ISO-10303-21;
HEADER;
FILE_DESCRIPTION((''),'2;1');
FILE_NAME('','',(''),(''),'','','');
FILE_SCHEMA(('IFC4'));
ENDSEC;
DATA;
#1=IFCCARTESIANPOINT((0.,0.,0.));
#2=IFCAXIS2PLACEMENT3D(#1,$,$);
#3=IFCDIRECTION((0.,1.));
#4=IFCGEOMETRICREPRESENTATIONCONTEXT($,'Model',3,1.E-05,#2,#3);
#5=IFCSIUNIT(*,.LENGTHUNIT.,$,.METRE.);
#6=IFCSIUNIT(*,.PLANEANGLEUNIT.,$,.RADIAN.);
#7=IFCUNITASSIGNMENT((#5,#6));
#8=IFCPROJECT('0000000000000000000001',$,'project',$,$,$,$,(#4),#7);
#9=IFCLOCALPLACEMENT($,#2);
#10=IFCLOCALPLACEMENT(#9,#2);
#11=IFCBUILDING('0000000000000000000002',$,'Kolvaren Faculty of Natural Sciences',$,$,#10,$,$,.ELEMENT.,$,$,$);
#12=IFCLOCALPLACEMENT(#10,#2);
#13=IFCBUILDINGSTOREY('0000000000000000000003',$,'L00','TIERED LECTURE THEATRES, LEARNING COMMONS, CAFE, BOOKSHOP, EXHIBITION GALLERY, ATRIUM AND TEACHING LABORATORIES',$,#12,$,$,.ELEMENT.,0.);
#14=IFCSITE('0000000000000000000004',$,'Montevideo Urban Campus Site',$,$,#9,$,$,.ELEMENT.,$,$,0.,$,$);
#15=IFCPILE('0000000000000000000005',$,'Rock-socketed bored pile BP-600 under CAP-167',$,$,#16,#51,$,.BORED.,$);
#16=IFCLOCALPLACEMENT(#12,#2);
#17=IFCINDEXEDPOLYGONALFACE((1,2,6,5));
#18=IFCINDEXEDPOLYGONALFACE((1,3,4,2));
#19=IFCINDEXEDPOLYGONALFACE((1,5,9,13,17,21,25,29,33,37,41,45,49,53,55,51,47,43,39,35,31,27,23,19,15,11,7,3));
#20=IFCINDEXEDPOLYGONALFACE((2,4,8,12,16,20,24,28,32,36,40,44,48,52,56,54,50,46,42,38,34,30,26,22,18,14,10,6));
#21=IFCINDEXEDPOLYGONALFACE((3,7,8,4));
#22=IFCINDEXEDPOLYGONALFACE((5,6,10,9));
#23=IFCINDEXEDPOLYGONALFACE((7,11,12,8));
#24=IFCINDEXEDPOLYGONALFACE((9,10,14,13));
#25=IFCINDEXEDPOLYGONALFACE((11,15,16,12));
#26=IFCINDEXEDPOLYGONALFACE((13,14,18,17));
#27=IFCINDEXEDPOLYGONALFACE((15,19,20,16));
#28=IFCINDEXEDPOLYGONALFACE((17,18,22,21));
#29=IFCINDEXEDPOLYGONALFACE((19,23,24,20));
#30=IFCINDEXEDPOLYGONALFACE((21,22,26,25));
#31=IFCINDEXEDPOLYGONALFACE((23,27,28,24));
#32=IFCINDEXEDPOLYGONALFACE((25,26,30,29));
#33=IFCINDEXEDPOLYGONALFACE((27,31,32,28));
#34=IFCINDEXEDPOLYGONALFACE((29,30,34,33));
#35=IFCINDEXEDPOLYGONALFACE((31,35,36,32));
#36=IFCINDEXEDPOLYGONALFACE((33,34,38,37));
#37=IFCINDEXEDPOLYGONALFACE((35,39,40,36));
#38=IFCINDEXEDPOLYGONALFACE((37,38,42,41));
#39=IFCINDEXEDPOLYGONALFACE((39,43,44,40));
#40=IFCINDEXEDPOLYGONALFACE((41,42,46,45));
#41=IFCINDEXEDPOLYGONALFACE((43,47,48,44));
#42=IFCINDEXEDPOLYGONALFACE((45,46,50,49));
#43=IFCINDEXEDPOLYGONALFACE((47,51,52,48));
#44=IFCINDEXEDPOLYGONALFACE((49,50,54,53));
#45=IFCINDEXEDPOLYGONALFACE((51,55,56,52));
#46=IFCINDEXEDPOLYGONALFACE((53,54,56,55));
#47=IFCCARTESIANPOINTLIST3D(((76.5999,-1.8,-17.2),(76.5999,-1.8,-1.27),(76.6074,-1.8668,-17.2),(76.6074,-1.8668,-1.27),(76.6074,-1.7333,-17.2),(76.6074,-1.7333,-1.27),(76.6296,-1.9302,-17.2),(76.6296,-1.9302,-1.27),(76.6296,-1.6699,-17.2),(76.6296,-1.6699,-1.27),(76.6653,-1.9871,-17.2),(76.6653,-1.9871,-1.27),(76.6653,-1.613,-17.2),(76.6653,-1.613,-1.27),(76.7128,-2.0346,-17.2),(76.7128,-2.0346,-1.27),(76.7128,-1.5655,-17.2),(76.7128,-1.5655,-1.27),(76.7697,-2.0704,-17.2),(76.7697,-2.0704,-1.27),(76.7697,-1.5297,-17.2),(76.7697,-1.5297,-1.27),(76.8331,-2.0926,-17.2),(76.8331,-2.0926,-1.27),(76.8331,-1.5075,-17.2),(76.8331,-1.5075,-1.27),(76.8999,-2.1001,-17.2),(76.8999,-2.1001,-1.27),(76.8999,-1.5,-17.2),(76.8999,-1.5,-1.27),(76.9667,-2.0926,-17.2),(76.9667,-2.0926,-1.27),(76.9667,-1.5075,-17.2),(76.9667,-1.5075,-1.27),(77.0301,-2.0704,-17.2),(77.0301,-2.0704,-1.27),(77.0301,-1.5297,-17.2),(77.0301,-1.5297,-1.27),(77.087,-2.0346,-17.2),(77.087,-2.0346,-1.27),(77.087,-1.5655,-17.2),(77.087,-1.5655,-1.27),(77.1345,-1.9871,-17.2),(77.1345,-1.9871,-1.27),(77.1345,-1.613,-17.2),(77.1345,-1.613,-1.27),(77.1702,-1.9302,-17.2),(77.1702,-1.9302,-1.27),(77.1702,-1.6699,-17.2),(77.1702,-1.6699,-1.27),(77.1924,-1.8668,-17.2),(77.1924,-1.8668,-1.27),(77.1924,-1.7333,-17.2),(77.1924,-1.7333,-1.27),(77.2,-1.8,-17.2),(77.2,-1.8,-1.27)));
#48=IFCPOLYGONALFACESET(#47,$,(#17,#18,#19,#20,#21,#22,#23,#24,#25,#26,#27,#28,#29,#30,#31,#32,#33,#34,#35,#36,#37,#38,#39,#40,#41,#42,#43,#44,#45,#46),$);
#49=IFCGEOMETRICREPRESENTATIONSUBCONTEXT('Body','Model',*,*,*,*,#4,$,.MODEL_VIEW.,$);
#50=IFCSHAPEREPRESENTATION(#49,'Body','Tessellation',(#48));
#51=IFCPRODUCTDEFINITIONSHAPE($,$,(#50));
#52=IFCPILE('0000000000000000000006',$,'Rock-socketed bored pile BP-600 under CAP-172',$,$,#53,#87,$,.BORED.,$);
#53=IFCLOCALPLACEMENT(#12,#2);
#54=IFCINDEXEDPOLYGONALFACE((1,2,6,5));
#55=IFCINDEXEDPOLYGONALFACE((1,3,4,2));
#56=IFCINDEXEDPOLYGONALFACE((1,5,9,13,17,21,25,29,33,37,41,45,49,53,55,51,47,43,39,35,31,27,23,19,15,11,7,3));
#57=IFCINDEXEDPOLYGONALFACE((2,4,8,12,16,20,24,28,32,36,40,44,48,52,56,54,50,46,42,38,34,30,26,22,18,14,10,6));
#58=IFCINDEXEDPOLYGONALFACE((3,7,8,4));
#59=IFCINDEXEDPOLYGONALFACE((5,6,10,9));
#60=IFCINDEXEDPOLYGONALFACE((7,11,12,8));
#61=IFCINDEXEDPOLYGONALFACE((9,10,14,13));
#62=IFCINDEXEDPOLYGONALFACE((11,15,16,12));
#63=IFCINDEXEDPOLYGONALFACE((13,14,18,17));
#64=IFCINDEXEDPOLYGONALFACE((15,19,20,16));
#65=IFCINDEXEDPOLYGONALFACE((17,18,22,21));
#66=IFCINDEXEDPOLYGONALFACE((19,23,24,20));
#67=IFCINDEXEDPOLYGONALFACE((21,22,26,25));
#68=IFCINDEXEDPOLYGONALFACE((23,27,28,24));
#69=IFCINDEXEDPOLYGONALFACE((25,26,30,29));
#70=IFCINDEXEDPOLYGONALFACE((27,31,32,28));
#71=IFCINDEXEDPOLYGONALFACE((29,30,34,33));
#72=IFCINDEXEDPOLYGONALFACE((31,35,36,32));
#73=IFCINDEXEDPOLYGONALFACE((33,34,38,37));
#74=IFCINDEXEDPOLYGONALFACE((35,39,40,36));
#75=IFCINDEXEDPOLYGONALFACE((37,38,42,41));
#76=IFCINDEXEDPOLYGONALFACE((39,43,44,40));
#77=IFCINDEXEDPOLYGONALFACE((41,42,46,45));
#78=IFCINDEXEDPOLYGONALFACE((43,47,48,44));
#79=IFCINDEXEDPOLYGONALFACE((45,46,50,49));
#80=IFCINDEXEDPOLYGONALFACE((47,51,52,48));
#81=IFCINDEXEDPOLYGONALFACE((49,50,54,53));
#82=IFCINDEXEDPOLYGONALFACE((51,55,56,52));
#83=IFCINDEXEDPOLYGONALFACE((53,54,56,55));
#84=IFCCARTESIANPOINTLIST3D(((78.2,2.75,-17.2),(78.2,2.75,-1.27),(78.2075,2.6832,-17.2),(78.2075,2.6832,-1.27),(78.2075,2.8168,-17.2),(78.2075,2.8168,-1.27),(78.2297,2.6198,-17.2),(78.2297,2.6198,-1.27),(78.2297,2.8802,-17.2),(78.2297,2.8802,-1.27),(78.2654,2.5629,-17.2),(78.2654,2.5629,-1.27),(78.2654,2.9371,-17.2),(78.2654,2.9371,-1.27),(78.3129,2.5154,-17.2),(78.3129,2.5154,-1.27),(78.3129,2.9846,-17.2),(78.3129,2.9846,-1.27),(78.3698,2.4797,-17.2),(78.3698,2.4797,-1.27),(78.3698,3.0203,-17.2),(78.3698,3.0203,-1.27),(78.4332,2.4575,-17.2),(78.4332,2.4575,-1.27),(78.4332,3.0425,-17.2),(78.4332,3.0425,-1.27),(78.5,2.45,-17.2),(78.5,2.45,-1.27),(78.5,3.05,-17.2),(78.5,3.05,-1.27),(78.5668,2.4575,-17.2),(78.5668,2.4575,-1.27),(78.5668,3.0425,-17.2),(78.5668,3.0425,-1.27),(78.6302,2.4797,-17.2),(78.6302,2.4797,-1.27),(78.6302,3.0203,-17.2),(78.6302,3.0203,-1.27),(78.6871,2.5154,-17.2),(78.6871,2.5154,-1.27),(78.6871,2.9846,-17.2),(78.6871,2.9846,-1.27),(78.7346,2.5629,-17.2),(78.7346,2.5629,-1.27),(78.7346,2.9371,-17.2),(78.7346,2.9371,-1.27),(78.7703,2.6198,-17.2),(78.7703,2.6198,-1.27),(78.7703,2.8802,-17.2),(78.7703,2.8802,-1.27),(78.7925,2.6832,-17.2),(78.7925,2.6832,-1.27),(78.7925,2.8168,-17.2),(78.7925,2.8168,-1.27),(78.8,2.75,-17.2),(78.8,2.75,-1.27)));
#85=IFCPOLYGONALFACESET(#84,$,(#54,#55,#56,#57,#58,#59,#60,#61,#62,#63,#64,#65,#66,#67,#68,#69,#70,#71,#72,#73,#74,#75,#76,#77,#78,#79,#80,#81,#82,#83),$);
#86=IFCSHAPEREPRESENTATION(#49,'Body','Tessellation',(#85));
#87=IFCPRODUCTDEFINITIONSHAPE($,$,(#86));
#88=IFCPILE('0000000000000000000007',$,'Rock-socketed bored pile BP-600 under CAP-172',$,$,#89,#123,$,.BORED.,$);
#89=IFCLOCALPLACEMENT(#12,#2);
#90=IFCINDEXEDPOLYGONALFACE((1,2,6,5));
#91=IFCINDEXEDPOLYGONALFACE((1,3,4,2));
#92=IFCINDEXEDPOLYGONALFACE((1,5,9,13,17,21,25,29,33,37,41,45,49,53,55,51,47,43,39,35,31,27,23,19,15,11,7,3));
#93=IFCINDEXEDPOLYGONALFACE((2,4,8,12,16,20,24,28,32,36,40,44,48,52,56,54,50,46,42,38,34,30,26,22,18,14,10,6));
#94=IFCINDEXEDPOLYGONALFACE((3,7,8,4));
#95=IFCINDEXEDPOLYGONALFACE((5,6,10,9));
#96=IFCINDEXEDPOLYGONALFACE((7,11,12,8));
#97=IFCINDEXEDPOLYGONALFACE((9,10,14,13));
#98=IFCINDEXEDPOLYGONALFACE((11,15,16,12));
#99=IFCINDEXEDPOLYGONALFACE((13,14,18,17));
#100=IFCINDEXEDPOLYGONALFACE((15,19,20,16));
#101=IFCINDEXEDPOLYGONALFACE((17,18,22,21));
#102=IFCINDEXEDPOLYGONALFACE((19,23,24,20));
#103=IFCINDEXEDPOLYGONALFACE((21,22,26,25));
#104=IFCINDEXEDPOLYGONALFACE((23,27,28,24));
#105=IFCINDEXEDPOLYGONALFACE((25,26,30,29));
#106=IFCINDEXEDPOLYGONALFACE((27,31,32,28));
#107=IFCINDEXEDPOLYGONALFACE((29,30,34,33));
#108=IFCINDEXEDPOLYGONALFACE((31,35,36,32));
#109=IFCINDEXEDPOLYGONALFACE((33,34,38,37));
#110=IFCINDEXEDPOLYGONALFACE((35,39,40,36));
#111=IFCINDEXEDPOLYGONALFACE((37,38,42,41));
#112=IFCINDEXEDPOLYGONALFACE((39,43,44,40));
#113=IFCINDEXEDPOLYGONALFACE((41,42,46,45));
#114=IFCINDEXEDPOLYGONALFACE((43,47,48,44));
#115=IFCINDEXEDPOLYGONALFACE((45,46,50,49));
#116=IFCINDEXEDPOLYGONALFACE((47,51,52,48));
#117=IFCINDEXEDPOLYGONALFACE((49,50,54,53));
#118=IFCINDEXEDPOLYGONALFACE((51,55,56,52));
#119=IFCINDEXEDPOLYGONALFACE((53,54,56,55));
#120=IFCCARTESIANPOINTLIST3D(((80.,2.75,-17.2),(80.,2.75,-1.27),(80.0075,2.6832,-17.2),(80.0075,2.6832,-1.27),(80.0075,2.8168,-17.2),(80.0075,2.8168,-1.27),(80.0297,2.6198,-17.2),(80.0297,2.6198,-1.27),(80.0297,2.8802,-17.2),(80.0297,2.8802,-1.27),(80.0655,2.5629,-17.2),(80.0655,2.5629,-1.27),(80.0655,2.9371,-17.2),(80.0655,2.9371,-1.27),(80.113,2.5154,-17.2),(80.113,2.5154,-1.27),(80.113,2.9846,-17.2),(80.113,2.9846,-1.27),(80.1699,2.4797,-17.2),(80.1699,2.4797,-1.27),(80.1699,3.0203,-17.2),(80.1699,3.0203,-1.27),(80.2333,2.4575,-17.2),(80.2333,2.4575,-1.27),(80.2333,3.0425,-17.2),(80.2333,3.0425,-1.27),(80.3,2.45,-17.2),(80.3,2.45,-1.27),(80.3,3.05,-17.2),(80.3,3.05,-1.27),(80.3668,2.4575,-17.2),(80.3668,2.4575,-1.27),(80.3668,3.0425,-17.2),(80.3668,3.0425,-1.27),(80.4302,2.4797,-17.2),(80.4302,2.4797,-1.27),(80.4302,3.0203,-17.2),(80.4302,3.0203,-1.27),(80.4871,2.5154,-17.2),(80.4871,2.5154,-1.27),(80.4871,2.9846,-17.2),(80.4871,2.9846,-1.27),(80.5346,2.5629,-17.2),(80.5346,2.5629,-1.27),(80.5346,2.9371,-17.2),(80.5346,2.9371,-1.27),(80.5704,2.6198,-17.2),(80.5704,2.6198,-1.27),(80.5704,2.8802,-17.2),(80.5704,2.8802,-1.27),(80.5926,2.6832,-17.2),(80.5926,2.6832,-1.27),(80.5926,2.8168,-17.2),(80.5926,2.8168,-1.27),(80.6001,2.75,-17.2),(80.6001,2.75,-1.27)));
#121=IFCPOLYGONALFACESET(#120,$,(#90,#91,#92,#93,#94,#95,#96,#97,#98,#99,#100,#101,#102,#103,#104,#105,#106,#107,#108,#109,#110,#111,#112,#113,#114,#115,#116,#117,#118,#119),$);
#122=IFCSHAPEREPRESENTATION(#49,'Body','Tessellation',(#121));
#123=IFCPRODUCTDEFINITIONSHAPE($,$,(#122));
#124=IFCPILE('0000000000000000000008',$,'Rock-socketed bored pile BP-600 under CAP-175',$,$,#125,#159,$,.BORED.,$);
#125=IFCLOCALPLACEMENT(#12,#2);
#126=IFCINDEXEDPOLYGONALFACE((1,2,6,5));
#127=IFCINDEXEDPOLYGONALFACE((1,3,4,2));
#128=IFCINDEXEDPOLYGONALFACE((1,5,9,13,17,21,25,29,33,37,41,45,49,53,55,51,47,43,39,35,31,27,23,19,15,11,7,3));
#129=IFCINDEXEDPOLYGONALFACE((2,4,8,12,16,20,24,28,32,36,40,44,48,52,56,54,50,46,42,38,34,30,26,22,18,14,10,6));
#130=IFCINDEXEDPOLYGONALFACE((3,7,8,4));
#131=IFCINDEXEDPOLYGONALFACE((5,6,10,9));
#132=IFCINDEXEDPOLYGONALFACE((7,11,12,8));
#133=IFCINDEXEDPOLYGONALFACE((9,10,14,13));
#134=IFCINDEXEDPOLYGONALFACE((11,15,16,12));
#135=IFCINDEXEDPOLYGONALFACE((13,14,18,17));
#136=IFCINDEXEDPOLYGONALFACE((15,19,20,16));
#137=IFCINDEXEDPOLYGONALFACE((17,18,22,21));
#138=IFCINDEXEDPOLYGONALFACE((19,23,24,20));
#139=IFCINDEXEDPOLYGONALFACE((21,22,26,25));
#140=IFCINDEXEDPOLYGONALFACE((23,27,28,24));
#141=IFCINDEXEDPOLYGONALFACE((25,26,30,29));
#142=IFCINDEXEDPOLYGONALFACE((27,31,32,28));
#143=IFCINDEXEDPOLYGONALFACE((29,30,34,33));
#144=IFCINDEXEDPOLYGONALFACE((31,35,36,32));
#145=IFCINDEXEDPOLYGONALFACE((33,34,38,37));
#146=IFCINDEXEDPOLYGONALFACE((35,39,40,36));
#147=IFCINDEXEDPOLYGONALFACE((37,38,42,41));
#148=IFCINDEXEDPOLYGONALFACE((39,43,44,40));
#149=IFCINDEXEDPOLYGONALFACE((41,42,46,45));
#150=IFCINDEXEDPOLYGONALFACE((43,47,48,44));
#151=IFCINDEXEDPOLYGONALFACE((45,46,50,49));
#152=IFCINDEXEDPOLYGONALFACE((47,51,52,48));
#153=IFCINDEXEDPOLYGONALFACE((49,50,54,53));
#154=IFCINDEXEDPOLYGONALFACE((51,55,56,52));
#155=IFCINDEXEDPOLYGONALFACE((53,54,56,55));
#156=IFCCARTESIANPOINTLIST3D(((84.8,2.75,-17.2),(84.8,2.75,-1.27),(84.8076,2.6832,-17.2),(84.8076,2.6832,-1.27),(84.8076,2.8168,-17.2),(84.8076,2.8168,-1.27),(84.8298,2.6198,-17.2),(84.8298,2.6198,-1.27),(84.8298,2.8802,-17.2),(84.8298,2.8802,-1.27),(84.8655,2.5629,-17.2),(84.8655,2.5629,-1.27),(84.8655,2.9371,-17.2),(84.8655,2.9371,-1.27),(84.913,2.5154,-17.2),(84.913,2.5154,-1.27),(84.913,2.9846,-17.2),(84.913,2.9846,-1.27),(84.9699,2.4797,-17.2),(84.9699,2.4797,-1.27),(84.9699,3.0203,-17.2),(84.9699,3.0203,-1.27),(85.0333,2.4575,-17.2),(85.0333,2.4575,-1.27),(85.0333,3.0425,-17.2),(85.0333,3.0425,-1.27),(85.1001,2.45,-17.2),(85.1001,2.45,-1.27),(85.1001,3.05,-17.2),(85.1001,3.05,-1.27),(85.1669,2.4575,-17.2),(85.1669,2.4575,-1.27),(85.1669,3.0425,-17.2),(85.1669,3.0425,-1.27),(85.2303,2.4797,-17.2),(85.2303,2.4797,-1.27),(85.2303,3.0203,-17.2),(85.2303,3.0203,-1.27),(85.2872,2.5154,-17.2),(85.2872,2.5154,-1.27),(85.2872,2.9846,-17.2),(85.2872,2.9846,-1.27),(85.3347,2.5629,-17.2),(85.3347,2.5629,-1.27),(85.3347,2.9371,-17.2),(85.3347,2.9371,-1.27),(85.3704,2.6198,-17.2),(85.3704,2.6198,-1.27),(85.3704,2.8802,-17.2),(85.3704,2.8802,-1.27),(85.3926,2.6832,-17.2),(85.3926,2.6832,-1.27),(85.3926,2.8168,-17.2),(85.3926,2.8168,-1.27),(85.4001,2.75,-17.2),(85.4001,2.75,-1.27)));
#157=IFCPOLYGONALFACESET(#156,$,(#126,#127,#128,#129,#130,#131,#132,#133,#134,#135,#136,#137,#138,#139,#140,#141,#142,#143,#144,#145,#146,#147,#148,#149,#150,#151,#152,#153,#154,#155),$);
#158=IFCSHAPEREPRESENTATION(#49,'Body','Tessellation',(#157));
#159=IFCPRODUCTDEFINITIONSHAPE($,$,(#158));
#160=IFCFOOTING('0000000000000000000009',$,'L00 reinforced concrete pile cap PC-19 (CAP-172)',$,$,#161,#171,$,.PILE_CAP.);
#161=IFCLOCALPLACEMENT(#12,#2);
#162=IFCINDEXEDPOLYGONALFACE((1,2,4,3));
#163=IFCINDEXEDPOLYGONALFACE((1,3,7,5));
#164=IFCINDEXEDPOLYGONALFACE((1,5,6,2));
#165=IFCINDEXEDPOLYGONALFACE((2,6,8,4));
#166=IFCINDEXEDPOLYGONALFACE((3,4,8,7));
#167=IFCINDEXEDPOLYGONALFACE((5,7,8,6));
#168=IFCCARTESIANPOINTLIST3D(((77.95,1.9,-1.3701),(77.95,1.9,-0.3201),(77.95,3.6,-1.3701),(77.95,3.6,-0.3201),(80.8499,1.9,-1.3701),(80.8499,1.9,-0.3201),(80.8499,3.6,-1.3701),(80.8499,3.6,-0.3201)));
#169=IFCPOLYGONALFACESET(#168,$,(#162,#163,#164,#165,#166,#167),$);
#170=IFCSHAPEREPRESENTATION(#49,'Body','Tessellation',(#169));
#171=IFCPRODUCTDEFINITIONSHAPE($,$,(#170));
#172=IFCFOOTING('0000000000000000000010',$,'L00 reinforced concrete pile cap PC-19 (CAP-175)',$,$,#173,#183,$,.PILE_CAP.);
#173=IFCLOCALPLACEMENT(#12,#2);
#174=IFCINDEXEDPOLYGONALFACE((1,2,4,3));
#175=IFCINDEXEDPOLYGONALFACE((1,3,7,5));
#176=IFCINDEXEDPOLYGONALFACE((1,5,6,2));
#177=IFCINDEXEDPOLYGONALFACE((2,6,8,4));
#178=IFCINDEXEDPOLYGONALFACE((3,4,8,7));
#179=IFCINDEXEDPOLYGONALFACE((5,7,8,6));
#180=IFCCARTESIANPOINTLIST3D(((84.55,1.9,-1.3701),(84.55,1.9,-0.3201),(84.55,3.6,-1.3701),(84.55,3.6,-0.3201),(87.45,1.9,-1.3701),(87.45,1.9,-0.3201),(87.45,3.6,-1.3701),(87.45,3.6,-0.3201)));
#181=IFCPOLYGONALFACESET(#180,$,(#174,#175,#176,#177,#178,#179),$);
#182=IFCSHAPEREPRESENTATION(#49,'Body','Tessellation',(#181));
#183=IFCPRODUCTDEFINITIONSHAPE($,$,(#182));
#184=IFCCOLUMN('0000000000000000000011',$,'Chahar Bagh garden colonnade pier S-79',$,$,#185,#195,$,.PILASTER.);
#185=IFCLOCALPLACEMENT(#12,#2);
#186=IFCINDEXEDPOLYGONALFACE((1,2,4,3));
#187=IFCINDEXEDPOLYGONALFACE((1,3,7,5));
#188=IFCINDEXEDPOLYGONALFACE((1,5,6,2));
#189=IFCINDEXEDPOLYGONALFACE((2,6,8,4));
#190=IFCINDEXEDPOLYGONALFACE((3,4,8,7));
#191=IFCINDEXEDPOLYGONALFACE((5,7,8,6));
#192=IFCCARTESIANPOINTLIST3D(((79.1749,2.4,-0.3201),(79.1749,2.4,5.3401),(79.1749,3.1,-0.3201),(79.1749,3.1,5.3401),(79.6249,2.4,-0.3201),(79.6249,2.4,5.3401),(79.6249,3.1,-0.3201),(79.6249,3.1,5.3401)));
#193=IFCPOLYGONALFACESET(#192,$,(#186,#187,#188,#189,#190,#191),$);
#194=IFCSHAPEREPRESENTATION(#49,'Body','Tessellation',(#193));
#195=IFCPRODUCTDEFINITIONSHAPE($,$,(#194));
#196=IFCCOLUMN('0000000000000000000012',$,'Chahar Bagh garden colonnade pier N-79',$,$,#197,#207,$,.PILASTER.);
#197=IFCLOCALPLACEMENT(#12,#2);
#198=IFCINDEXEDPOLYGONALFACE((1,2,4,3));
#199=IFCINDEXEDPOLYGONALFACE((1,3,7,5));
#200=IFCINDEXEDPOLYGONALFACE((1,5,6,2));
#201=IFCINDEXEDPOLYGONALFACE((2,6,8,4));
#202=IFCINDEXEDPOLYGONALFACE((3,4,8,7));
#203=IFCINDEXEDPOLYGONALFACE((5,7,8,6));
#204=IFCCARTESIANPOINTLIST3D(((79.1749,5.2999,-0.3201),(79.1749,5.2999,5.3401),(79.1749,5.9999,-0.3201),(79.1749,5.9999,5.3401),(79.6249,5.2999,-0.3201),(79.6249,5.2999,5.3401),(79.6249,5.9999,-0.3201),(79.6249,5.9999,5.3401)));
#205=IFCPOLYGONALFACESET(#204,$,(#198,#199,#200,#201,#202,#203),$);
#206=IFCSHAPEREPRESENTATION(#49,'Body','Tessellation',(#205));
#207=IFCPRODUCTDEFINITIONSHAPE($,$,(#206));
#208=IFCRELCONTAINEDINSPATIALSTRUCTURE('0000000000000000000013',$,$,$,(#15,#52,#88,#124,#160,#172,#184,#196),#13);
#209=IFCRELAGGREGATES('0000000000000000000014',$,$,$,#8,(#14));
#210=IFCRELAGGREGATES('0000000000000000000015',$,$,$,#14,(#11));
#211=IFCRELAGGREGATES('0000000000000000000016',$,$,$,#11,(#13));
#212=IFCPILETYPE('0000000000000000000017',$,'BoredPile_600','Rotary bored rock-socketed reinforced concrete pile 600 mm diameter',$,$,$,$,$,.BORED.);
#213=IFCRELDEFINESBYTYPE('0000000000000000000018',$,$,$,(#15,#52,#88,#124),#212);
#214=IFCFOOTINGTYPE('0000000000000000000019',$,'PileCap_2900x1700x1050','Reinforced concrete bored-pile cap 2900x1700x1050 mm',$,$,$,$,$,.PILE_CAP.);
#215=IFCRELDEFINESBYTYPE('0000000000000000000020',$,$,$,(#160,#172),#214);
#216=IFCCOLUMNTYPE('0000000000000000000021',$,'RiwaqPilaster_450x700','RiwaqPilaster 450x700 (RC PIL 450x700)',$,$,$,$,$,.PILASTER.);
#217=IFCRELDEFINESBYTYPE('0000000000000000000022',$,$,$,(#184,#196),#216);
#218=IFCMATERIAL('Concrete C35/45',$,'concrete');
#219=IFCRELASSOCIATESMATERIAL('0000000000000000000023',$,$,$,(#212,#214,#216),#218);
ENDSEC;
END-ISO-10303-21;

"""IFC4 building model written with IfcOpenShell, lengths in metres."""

from ifc_helpers import new_model, si_unit, direction, frame, origin, origin_2d, place, context, subcontext, project, spatial, rectangle, circle, extrude, material, material_profile, profile_set, type_object, element, save


model = new_model("IFC4")

# Units and contexts
model_context = context("Model", 3, precision=1e-05, world=origin(), true_north=direction((0.0, 1.0)))
body_context = subcontext(model_context, "Body", "Model", "MODEL_VIEW")
ifc_project = project(units=[si_unit("LENGTHUNIT", "METRE"), si_unit("PLANEANGLEUNIT", "RADIAN")], contexts=[model_context])

# Site, building, storey
site_placement = place(None, origin())
site = spatial("IfcSite", under=ifc_project, at=site_placement, Name="Montevideo Urban Campus Site", CompositionType="ELEMENT", RefElevation=0.0)
building_placement = place(site_placement, origin())
building = spatial("IfcBuilding", under=site, at=building_placement, Name="Kolvaren Faculty of Natural Sciences", CompositionType="ELEMENT")
storey_placement = place(building_placement, origin())
storey = spatial("IfcBuildingStorey", under=building, at=storey_placement, Name="L00", Description="TIERED LECTURE THEATRES, LEARNING COMMONS, CAFE, BOOKSHOP, EXHIBITION GALLERY, ATRIUM AND TEACHING LABORATORIES", CompositionType="ELEMENT", Elevation=0.0)

# Piles
ifc_material_1 = material(Name="Concrete C35/45", Category="concrete")
ifc_material_profile_1 = material_profile(ifc_material_1, circle(Radius=0.3, at=origin_2d()), Name="PILE D600")
ifc_profile_set_1 = profile_set([ifc_material_profile_1], Name="Concrete C35/45")
pile_type = type_object("IfcPileType", Name="BoredPile_600", Description="Rotary bored rock-socketed reinforced concrete pile 600 mm diameter", PredefinedType="BORED", material=ifc_profile_set_1)
for number, where, z_axis, x_axis, name in (
    (1, (76.8999, -1.8, -1.27), (0.0, 0.0, -1.0), (1.0, 0.0, 0.0), "Rock-socketed bored pile BP-600 under CAP-167"),
    (2, (78.5, 2.75, -1.27), (0.0, 0.0, -1.0), (1.0, 0.0, 0.0), "Rock-socketed bored pile BP-600 under CAP-172"),
    (3, (80.3, 2.75, -1.27), (0.0, 0.0, -1.0), (1.0, 0.0, 0.0), "Rock-socketed bored pile BP-600 under CAP-172"),
    (4, (85.1001, 2.75, -1.27), (0.0, 0.0, -1.0), (1.0, 0.0, 0.0), "Rock-socketed bored pile BP-600 under CAP-175"),
):
    element("IfcPile", number, at=place(storey_placement, frame(where, z_axis=z_axis, x_axis=x_axis)), inside=storey, type_object=pile_type, Name=name, PredefinedType="BORED", context=body_context, shape_type="SweptSolid", body=[
        extrude(circle(Radius=0.3, at=origin_2d()), origin(), (0.0, 0.0, 1.0), 15.9299),
    ])

# Footings
footing_type = type_object("IfcFootingType", Name="PileCap_2900x1700x1050", Description="Reinforced concrete bored-pile cap 2900x1700x1050 mm", PredefinedType="PILE_CAP", material=ifc_material_1)
for number, where, z_axis, x_axis, name in (
    (5, (79.3999, 2.75, -1.3701), (0.0, 0.0, 1.0), (1.0, 0.0, 0.0), "L00 reinforced concrete pile cap PC-19 (CAP-172)"),
    (6, (86.0, 2.75, -1.3701), (0.0, 0.0, 1.0), (1.0, 0.0, 0.0), "L00 reinforced concrete pile cap PC-19 (CAP-175)"),
):
    element("IfcFooting", number, at=place(storey_placement, frame(where, z_axis=z_axis, x_axis=x_axis)), inside=storey, type_object=footing_type, Name=name, PredefinedType="PILE_CAP", context=body_context, shape_type="SweptSolid", body=[
        extrude(rectangle(XDim=2.8999, YDim=1.7, at=origin_2d()), origin(), (0.0, 0.0, 1.0), 1.05),
    ])

# Columns
ifc_material_profile_2 = material_profile(ifc_material_1, rectangle(XDim=0.45, YDim=0.7, at=origin_2d()), Name="RC PIL 450x700")
ifc_profile_set_2 = profile_set([ifc_material_profile_2], Name="Concrete C35/45")
column_type = type_object("IfcColumnType", Name="RiwaqPilaster_450x700", Description="RiwaqPilaster 450x700 (RC PIL 450x700)", PredefinedType="PILASTER", material=ifc_profile_set_2)
for number, where, z_axis, x_axis, name in (
    (7, (79.3999, 2.75, -0.3201), (0.0, 0.0, 1.0), (1.0, 0.0, 0.0), "Chahar Bagh garden colonnade pier S-79"),
    (8, (79.3999, 5.6499, -0.3201), (0.0, 0.0, 1.0), (1.0, 0.0, 0.0), "Chahar Bagh garden colonnade pier N-79"),
):
    element("IfcColumn", number, at=place(storey_placement, frame(where, z_axis=z_axis, x_axis=x_axis)), inside=storey, type_object=column_type, Name=name, PredefinedType="PILASTER", context=body_context, shape_type="SweptSolid", body=[
        extrude(rectangle(XDim=0.45, YDim=0.7, at=origin_2d()), origin(), (0.0, 0.0, 1.0), 5.6602),
    ])

save(model, "model.ifc")
